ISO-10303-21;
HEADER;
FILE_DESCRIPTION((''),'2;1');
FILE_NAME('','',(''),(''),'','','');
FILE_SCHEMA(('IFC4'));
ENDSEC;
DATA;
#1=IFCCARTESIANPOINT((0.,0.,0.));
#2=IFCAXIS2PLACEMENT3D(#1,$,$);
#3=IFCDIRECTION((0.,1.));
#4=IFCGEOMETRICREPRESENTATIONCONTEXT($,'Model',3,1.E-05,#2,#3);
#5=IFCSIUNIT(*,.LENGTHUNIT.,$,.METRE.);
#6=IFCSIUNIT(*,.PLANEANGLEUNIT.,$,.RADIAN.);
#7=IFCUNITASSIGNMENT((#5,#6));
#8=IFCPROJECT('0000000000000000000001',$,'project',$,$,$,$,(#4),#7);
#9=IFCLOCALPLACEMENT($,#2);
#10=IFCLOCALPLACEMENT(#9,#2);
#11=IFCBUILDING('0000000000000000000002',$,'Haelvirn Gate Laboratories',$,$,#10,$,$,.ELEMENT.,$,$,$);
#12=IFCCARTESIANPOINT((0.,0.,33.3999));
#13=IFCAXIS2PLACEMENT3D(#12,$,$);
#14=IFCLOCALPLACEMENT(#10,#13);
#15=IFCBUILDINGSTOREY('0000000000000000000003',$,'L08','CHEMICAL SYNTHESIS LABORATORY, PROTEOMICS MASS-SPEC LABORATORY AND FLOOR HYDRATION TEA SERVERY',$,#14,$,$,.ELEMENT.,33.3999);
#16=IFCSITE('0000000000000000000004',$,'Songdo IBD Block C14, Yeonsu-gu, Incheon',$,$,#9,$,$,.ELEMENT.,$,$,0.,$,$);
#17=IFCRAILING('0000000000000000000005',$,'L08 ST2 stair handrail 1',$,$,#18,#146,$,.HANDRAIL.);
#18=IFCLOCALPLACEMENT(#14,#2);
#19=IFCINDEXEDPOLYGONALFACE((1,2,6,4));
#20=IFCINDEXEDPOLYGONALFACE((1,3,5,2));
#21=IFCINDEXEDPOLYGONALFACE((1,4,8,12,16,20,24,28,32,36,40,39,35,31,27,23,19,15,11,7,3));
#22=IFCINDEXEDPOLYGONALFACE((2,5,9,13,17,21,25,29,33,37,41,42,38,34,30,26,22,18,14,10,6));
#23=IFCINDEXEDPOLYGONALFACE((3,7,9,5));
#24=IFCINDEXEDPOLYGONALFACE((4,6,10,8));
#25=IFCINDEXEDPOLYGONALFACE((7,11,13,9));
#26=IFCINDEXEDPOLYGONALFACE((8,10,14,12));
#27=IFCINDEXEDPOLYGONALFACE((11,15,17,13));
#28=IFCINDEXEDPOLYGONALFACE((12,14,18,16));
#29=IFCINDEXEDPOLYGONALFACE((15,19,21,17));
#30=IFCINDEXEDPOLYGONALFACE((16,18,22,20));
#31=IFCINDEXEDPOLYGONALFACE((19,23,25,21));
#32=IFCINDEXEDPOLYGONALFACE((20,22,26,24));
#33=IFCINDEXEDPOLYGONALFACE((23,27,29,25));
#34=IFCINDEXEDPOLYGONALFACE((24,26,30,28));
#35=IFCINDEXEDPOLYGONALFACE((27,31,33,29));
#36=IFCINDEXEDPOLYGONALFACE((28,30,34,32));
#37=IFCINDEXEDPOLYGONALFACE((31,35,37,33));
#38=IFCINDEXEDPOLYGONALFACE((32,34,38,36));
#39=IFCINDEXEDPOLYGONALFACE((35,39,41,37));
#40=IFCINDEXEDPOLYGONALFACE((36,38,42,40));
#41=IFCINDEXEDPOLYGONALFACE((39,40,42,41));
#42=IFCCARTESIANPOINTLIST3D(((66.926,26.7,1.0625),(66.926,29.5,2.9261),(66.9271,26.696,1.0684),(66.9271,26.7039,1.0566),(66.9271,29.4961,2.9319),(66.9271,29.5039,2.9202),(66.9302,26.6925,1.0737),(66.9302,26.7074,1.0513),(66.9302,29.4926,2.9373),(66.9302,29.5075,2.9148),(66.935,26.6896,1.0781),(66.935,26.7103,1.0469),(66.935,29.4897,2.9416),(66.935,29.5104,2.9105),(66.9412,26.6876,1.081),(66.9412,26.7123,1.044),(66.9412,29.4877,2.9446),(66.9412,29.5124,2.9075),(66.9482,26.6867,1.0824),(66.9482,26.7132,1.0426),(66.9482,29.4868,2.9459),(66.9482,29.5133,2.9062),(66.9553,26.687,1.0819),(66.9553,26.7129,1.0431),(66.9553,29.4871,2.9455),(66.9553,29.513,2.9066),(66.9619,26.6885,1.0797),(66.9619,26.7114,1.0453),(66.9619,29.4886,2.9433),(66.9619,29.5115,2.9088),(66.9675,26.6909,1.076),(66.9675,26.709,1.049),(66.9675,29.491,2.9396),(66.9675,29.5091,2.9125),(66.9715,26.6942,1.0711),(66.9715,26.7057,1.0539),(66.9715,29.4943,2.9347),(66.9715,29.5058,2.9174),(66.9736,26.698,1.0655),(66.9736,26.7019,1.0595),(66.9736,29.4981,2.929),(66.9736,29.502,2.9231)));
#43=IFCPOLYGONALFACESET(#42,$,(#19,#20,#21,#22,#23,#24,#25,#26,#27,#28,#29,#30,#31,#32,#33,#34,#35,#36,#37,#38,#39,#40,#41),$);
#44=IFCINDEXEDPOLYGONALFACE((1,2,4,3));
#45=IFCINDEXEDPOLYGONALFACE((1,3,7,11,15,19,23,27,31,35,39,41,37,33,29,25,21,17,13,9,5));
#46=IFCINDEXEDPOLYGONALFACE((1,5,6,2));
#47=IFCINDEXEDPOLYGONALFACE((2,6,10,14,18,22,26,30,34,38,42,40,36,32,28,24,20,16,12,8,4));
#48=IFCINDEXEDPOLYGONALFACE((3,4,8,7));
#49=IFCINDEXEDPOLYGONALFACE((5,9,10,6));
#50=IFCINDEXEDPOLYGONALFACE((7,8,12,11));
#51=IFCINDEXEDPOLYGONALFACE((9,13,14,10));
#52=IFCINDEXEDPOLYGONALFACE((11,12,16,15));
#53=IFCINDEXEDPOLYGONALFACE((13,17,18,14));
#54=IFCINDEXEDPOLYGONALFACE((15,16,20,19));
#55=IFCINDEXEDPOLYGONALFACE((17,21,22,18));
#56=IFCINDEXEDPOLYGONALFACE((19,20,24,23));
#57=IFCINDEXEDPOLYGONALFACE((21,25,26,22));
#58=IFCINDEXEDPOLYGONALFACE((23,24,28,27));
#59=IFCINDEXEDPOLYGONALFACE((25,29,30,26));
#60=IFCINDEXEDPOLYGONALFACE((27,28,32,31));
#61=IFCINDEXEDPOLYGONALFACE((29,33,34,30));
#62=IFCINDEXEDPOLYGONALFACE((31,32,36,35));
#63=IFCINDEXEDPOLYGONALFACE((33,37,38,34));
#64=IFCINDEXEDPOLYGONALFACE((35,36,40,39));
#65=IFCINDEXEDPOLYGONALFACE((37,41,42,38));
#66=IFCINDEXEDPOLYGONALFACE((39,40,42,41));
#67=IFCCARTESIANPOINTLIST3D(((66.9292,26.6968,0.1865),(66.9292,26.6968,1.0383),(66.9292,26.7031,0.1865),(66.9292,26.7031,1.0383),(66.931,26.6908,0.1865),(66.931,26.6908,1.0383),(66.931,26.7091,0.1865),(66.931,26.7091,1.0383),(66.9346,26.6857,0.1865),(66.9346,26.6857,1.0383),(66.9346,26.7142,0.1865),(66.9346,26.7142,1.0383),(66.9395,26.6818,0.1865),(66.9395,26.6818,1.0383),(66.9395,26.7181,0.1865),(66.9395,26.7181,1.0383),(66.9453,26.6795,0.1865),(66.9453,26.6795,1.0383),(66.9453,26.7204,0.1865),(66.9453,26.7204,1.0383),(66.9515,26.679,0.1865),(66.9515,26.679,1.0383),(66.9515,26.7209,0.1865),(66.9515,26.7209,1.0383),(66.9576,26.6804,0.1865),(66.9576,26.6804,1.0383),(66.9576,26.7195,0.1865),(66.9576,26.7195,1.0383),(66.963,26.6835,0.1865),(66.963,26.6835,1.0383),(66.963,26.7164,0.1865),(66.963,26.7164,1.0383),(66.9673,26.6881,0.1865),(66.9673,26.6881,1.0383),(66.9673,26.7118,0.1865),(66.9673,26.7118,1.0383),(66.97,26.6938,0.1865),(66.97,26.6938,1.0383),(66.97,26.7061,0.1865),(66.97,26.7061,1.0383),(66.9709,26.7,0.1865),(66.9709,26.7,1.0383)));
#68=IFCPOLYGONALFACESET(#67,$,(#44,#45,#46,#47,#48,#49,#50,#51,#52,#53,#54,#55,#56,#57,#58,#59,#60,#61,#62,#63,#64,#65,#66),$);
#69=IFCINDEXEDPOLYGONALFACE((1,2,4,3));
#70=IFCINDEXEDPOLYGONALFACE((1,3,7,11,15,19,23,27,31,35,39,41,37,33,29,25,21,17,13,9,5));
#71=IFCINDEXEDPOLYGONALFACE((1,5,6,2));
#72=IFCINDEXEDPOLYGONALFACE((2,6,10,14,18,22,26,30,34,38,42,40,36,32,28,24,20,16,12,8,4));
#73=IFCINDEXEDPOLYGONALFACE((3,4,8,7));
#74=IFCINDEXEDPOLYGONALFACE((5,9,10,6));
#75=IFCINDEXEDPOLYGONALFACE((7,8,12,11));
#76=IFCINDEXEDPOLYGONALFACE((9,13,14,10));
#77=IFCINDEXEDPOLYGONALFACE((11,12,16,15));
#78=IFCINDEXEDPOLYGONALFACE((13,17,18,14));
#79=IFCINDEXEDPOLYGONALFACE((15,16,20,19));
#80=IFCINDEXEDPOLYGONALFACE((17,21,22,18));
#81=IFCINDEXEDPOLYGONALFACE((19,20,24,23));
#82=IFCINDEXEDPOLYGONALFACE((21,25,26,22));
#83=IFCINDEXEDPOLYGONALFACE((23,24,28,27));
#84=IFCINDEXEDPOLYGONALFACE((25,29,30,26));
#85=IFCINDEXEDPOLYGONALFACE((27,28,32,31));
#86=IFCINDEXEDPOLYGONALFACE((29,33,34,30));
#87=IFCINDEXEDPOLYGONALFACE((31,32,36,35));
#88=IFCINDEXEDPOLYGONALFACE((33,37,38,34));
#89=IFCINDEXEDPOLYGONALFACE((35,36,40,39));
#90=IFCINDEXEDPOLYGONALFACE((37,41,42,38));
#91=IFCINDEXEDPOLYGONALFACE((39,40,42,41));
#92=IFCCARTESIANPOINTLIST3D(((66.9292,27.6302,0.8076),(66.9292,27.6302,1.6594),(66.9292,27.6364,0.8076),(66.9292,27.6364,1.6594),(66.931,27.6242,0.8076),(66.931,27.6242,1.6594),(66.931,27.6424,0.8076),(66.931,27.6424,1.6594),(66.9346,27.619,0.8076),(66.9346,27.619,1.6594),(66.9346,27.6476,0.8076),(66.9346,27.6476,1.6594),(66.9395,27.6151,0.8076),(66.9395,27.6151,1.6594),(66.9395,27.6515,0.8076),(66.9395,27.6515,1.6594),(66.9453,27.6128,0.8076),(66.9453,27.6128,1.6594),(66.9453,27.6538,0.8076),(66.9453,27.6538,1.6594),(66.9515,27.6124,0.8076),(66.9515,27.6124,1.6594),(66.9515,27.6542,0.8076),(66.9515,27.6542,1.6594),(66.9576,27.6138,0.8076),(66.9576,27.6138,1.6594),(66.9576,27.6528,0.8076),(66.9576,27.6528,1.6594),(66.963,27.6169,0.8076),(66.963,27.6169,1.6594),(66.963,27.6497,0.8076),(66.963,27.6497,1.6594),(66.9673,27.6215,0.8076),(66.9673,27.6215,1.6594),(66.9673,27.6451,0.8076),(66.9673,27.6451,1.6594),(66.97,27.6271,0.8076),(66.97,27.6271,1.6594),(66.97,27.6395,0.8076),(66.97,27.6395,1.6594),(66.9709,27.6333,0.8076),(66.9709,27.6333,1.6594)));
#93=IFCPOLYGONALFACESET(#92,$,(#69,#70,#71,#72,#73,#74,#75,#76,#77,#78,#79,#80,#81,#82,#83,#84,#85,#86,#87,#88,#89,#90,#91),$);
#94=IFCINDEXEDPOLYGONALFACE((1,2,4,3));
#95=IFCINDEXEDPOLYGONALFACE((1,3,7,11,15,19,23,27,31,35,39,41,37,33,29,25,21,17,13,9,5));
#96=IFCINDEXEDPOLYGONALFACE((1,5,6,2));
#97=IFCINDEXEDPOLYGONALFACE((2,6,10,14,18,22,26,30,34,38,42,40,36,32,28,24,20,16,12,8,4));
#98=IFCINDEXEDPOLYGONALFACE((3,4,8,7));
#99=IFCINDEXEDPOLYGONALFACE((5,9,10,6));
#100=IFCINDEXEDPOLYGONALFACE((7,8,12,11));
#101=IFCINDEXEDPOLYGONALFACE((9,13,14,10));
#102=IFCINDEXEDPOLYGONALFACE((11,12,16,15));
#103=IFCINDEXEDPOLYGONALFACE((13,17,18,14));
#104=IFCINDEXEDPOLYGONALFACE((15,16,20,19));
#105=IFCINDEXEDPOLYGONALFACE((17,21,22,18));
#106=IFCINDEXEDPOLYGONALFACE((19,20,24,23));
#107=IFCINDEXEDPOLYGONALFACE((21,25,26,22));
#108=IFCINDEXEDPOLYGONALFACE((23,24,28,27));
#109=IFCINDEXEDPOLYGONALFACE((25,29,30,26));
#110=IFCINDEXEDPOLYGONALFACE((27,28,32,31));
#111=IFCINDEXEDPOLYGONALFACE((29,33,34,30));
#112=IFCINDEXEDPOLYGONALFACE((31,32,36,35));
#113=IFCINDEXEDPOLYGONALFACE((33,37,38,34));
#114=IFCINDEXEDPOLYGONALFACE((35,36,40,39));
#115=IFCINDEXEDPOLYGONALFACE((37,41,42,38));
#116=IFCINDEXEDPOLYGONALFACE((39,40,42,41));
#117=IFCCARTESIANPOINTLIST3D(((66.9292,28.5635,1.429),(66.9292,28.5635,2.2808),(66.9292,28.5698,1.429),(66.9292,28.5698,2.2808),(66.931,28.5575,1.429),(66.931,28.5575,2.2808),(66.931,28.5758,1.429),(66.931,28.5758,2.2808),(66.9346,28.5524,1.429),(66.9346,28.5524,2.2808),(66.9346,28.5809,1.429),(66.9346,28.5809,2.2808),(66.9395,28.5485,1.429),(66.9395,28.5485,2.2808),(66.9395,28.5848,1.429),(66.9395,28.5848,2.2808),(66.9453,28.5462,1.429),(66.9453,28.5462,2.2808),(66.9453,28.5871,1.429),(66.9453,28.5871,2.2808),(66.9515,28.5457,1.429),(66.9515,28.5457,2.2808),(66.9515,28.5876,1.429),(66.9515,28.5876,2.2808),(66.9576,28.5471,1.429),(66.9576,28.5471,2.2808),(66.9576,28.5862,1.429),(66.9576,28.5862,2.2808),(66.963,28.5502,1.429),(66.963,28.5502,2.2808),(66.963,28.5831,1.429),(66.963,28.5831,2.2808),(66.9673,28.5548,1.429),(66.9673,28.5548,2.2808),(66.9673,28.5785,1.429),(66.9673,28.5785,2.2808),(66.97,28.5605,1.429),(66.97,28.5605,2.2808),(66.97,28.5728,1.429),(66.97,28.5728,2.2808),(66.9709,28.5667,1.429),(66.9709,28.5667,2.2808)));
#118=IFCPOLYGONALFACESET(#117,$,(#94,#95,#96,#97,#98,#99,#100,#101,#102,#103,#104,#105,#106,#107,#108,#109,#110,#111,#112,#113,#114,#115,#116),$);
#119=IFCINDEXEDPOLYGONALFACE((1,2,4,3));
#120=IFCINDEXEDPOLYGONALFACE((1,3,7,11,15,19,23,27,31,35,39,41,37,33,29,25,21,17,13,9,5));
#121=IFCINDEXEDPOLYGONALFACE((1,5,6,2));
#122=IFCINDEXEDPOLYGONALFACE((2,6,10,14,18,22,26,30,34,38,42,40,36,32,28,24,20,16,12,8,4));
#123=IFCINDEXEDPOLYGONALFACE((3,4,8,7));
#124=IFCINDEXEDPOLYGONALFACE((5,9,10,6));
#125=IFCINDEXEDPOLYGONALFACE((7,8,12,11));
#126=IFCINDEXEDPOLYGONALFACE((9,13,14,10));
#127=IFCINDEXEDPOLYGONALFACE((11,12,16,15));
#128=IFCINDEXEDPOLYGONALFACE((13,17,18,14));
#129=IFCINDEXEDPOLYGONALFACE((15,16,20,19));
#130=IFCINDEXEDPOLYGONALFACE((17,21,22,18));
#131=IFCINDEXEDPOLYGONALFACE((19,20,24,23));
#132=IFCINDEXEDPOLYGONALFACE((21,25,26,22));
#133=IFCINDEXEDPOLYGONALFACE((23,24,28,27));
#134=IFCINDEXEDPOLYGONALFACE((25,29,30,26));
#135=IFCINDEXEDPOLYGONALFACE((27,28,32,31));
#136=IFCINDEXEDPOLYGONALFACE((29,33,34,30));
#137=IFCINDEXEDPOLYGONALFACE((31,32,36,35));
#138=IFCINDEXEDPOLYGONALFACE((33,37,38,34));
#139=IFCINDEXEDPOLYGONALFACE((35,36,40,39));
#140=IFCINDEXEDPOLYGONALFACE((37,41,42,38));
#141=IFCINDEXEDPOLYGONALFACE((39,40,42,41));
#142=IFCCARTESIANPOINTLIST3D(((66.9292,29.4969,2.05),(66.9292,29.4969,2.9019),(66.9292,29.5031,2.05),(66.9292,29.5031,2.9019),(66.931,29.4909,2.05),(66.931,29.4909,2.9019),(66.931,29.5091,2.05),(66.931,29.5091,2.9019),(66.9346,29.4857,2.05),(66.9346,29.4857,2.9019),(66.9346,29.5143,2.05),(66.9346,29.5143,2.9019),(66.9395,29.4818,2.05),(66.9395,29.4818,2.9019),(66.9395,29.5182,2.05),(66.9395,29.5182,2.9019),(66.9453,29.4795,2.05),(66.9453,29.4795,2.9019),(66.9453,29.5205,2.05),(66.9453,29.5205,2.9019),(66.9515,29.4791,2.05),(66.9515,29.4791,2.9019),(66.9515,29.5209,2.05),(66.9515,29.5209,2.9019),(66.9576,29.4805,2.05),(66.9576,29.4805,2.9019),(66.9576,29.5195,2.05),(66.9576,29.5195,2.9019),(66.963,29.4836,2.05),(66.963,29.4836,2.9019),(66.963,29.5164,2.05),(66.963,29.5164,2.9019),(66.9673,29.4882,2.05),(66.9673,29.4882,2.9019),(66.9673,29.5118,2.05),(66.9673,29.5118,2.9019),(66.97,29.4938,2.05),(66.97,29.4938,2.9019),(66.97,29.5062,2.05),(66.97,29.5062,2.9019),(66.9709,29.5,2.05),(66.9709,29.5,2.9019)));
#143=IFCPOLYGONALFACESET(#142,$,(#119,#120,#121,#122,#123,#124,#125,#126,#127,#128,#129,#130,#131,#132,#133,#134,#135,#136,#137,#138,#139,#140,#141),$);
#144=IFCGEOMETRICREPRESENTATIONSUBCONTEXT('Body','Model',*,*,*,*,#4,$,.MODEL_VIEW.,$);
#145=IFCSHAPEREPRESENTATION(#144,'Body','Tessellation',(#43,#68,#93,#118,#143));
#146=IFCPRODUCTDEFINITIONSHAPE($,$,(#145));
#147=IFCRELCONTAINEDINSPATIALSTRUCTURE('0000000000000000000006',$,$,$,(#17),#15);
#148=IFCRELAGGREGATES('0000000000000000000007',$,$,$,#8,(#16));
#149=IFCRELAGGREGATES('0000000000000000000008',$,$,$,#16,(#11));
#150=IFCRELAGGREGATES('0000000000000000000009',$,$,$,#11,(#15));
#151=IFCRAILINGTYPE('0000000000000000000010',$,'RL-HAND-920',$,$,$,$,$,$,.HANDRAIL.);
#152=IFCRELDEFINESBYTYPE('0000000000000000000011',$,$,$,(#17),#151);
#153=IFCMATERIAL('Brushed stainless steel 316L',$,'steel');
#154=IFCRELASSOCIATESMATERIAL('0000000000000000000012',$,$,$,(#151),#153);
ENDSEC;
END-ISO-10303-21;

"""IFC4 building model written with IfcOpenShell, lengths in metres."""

from ifc_helpers import new_model, si_unit, direction, frame, origin, origin_2d, place, context, subcontext, project, spatial, circle, extrude, source, transform, mapped, material, type_object, element, save


model = new_model("IFC4")

# Units and contexts
model_context = context("Model", 3, precision=1e-05, world=origin(), true_north=direction((0.0, 1.0)))
body_context = subcontext(model_context, "Body", "Model", "MODEL_VIEW")
ifc_project = project(units=[si_unit("LENGTHUNIT", "METRE"), si_unit("PLANEANGLEUNIT", "RADIAN")], contexts=[model_context])

# Site, building, storey
site_placement = place(None, origin())
site = spatial("IfcSite", under=ifc_project, at=site_placement, Name="Songdo IBD Block C14, Yeonsu-gu, Incheon", CompositionType="ELEMENT", RefElevation=0.0)
building_placement = place(site_placement, origin())
building = spatial("IfcBuilding", under=site, at=building_placement, Name="Haelvirn Gate Laboratories", CompositionType="ELEMENT")
storey_placement = place(building_placement, frame((0.0, 0.0, 33.3999)))
storey = spatial("IfcBuildingStorey", under=building, at=storey_placement, Name="L08", Description="CHEMICAL SYNTHESIS LABORATORY, PROTEOMICS MASS-SPEC LABORATORY AND FLOOR HYDRATION TEA SERVERY", CompositionType="ELEMENT", Elevation=33.3999)

# Railing
ifc_material_1 = material(Name="Brushed stainless steel 316L", Category="steel")
railing_type_1 = type_object("IfcRailingType", Name="RL-HAND-920", PredefinedType="HANDRAIL", material=ifc_material_1)
shared_shape_1 = source(origin(), body_context, "Body", "SweptSolid", [
    extrude(circle(Radius=0.0239, at=origin_2d()), frame((0.0, 0.0, 0.876), z_axis=(0.0, 0.832486, 0.554047), x_axis=(-1.0, 0.0, 0.0)), (0.0, 0.0, 1.0), 3.3635),
    extrude(circle(Radius=0.021, at=origin_2d()), origin(), (0.0, 0.0, 1.0), 0.8518),
    extrude(circle(Radius=0.021, at=origin_2d()), frame((0.0, 0.9333, 0.6211)), (0.0, 0.0, 1.0), 0.8518),
    extrude(circle(Radius=0.021, at=origin_2d()), frame((0.0, 1.8667, 1.2424)), (0.0, 0.0, 1.0), 0.8518),
    extrude(circle(Radius=0.021, at=origin_2d()), frame((0.0, 2.8, 1.8635)), (0.0, 0.0, 1.0), 0.8518),
])
railing_1_placement = place(storey_placement, frame((66.95, 26.7, 0.1865)))
element("IfcRailing", 1, at=railing_1_placement, inside=storey, type_object=railing_type_1, Name="L08 ST2 stair handrail 1", PredefinedType="HANDRAIL", context=body_context, shape_type="MappedRepresentation", body=[
    mapped(shared_shape_1, transform((0.0, 0.0, 0.0), scale=1.0)),
])

save(model, "model.ifc")
